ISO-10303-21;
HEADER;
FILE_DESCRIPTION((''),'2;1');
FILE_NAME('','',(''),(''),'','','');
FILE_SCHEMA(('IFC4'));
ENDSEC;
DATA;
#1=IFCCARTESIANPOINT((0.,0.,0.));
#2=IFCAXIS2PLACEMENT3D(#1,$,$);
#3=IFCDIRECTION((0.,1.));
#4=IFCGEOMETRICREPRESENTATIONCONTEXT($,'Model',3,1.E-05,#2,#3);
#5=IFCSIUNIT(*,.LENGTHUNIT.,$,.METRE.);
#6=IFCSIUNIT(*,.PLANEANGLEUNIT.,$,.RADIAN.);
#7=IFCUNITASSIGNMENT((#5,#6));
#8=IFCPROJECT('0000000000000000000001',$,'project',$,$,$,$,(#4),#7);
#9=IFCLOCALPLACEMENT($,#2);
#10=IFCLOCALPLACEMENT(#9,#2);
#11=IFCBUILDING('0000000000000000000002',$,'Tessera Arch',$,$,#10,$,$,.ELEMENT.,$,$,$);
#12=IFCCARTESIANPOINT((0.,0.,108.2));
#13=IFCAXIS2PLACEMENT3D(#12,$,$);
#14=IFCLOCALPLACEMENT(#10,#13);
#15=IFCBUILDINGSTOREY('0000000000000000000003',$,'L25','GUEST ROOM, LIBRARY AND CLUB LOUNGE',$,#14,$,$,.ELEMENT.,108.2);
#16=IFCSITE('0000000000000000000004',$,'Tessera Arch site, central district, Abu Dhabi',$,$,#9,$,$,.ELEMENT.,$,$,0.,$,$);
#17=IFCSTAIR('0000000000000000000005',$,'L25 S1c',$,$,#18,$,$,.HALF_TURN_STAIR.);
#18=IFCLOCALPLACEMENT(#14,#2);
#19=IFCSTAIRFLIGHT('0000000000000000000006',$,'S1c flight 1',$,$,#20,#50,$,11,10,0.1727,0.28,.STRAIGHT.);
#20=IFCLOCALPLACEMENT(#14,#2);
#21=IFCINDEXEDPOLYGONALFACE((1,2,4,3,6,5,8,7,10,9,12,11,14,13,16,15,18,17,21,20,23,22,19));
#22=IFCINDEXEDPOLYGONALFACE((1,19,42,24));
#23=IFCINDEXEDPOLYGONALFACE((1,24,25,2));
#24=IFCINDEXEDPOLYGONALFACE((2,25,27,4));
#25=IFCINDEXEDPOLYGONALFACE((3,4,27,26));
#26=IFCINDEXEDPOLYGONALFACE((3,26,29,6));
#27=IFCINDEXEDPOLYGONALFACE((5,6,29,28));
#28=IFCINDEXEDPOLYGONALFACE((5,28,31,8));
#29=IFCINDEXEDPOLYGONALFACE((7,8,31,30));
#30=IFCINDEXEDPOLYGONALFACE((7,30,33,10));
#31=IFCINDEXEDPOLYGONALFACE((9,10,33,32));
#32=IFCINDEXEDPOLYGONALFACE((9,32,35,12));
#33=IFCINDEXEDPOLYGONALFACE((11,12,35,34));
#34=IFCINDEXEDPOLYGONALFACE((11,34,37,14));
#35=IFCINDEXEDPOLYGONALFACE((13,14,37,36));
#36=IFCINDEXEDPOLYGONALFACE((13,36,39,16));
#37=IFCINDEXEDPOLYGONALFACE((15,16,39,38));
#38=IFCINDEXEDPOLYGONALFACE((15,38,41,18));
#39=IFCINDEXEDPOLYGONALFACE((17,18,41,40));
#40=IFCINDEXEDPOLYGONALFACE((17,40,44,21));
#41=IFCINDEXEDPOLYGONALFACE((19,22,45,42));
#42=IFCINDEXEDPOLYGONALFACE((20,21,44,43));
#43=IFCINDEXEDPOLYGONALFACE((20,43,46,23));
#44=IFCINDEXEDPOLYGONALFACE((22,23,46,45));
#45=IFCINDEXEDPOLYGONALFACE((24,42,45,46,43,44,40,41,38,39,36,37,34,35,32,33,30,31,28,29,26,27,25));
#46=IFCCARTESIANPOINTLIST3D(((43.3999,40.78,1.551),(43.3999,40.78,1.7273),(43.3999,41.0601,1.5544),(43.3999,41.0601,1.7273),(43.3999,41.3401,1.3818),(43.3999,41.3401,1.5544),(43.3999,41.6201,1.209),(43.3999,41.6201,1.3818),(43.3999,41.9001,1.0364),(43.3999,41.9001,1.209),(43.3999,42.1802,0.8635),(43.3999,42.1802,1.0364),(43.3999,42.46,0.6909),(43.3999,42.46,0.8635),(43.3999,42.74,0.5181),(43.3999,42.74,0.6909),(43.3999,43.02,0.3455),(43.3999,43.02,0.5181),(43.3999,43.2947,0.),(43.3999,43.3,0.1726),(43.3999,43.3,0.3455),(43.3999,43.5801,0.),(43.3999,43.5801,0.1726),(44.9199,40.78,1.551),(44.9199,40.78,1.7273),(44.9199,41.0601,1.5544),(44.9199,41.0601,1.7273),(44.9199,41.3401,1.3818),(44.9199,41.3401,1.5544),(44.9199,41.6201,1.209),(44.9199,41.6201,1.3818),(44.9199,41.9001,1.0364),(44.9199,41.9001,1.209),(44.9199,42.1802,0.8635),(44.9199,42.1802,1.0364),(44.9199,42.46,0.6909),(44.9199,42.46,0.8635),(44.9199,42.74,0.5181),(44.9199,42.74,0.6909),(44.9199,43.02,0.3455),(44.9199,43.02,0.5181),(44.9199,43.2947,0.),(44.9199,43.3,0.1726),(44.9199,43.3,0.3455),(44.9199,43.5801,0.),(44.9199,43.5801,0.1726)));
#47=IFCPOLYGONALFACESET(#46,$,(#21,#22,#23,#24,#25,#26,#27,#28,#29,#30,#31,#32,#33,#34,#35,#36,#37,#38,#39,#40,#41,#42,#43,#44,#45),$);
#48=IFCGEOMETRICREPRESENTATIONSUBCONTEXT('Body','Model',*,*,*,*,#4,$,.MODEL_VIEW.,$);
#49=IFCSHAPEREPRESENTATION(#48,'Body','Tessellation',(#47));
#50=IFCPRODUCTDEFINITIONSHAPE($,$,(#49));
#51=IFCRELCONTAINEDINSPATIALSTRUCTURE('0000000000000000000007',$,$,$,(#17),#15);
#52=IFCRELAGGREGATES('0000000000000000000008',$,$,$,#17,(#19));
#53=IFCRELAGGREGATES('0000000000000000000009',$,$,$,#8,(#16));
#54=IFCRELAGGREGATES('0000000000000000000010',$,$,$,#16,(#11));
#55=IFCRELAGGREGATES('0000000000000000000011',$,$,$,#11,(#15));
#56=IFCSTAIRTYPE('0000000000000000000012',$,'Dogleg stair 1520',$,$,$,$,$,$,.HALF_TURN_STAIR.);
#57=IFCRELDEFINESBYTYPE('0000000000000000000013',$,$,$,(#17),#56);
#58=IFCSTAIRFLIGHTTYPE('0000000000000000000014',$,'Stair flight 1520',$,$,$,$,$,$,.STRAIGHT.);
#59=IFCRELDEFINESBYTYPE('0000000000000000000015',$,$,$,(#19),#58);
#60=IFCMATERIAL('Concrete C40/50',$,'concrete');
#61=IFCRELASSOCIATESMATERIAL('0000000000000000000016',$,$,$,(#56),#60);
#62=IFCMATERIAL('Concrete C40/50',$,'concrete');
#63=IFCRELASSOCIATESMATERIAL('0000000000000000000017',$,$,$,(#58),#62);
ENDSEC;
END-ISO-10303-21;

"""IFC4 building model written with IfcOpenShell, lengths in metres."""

from ifc_helpers import new_model, si_unit, direction, frame, origin, place, context, subcontext, project, spatial, polyline, outline, extrude, material, type_object, element, aggregate, save


model = new_model("IFC4")

# Units and contexts
model_context = context("Model", 3, precision=1e-05, world=origin(), true_north=direction((0.0, 1.0)))
body_context = subcontext(model_context, "Body", "Model", "MODEL_VIEW")
ifc_project = project(units=[si_unit("LENGTHUNIT", "METRE"), si_unit("PLANEANGLEUNIT", "RADIAN")], contexts=[model_context])

# Site, building, storey
site_placement = place(None, origin())
site = spatial("IfcSite", under=ifc_project, at=site_placement, Name="Tessera Arch site, central district, Abu Dhabi", CompositionType="ELEMENT", RefElevation=0.0)
building_placement = place(site_placement, origin())
building = spatial("IfcBuilding", under=site, at=building_placement, Name="Tessera Arch", CompositionType="ELEMENT")
storey_placement = place(building_placement, frame((0.0, 0.0, 108.2)))
storey = spatial("IfcBuildingStorey", under=building, at=storey_placement, Name="L25", Description="GUEST ROOM, LIBRARY AND CLUB LOUNGE", CompositionType="ELEMENT", Elevation=108.2)

# Stair, stair flight
ifc_material_1 = material(Name="Concrete C40/50", Category="concrete")
stair_type = type_object("IfcStairType", Name="Dogleg stair 1520", PredefinedType="HALF_TURN_STAIR", material=ifc_material_1)
stair_placement = place(storey_placement, origin())
stair = element("IfcStair", 1, at=stair_placement, inside=storey, type_object=stair_type, Name="L25 S1c", PredefinedType="HALF_TURN_STAIR")
ifc_material_2 = material(Name="Concrete C40/50", Category="concrete")
stair_flight_type = type_object("IfcStairFlightType", Name="Stair flight 1520", PredefinedType="STRAIGHT", material=ifc_material_2)
stair_flight_placement = place(storey_placement, frame((44.1599, 43.5801, 0.0), z_axis=(0.0, 0.0, 1.0), x_axis=(0.0, -1.0, 0.0)))
stair_flight = element("IfcStairFlight", 2, at=stair_flight_placement, type_object=stair_flight_type, Name="S1c flight 1", NumberOfRisers=11, NumberOfTreads=10, PredefinedType="STRAIGHT", RiserHeight=0.1727, TreadLength=0.28, context=body_context, shape_type="SweptSolid", body=[
    extrude(outline(polyline([(0.0, 0.0), (0.0, 0.1726), (0.28, 0.1726), (0.28, 0.3455), (0.5601, 0.3455), (0.5601, 0.5181), (0.8401, 0.5181), (0.8401, 0.6909), (1.1201, 0.6909), (1.1201, 0.8635), (1.3999, 0.8635), (1.3999, 1.0364), (1.6799, 1.0364), (1.6799, 1.209), (1.96, 1.209), (1.96, 1.3818), (2.24, 1.3818), (2.24, 1.5544), (2.52, 1.5544), (2.52, 1.7273), (2.8, 1.7273), (2.8, 1.8999), (2.8, 1.551), (0.2854, 0.0), (0.0, 0.0)])), frame((0.0, 0.76, 0.0), z_axis=(0.0, -1.0, 0.0), x_axis=(1.0, 0.0, 0.0)), (0.0, 0.0, 1.0), 1.52),
])
aggregate(stair, [stair_flight])

save(model, "model.ifc")
